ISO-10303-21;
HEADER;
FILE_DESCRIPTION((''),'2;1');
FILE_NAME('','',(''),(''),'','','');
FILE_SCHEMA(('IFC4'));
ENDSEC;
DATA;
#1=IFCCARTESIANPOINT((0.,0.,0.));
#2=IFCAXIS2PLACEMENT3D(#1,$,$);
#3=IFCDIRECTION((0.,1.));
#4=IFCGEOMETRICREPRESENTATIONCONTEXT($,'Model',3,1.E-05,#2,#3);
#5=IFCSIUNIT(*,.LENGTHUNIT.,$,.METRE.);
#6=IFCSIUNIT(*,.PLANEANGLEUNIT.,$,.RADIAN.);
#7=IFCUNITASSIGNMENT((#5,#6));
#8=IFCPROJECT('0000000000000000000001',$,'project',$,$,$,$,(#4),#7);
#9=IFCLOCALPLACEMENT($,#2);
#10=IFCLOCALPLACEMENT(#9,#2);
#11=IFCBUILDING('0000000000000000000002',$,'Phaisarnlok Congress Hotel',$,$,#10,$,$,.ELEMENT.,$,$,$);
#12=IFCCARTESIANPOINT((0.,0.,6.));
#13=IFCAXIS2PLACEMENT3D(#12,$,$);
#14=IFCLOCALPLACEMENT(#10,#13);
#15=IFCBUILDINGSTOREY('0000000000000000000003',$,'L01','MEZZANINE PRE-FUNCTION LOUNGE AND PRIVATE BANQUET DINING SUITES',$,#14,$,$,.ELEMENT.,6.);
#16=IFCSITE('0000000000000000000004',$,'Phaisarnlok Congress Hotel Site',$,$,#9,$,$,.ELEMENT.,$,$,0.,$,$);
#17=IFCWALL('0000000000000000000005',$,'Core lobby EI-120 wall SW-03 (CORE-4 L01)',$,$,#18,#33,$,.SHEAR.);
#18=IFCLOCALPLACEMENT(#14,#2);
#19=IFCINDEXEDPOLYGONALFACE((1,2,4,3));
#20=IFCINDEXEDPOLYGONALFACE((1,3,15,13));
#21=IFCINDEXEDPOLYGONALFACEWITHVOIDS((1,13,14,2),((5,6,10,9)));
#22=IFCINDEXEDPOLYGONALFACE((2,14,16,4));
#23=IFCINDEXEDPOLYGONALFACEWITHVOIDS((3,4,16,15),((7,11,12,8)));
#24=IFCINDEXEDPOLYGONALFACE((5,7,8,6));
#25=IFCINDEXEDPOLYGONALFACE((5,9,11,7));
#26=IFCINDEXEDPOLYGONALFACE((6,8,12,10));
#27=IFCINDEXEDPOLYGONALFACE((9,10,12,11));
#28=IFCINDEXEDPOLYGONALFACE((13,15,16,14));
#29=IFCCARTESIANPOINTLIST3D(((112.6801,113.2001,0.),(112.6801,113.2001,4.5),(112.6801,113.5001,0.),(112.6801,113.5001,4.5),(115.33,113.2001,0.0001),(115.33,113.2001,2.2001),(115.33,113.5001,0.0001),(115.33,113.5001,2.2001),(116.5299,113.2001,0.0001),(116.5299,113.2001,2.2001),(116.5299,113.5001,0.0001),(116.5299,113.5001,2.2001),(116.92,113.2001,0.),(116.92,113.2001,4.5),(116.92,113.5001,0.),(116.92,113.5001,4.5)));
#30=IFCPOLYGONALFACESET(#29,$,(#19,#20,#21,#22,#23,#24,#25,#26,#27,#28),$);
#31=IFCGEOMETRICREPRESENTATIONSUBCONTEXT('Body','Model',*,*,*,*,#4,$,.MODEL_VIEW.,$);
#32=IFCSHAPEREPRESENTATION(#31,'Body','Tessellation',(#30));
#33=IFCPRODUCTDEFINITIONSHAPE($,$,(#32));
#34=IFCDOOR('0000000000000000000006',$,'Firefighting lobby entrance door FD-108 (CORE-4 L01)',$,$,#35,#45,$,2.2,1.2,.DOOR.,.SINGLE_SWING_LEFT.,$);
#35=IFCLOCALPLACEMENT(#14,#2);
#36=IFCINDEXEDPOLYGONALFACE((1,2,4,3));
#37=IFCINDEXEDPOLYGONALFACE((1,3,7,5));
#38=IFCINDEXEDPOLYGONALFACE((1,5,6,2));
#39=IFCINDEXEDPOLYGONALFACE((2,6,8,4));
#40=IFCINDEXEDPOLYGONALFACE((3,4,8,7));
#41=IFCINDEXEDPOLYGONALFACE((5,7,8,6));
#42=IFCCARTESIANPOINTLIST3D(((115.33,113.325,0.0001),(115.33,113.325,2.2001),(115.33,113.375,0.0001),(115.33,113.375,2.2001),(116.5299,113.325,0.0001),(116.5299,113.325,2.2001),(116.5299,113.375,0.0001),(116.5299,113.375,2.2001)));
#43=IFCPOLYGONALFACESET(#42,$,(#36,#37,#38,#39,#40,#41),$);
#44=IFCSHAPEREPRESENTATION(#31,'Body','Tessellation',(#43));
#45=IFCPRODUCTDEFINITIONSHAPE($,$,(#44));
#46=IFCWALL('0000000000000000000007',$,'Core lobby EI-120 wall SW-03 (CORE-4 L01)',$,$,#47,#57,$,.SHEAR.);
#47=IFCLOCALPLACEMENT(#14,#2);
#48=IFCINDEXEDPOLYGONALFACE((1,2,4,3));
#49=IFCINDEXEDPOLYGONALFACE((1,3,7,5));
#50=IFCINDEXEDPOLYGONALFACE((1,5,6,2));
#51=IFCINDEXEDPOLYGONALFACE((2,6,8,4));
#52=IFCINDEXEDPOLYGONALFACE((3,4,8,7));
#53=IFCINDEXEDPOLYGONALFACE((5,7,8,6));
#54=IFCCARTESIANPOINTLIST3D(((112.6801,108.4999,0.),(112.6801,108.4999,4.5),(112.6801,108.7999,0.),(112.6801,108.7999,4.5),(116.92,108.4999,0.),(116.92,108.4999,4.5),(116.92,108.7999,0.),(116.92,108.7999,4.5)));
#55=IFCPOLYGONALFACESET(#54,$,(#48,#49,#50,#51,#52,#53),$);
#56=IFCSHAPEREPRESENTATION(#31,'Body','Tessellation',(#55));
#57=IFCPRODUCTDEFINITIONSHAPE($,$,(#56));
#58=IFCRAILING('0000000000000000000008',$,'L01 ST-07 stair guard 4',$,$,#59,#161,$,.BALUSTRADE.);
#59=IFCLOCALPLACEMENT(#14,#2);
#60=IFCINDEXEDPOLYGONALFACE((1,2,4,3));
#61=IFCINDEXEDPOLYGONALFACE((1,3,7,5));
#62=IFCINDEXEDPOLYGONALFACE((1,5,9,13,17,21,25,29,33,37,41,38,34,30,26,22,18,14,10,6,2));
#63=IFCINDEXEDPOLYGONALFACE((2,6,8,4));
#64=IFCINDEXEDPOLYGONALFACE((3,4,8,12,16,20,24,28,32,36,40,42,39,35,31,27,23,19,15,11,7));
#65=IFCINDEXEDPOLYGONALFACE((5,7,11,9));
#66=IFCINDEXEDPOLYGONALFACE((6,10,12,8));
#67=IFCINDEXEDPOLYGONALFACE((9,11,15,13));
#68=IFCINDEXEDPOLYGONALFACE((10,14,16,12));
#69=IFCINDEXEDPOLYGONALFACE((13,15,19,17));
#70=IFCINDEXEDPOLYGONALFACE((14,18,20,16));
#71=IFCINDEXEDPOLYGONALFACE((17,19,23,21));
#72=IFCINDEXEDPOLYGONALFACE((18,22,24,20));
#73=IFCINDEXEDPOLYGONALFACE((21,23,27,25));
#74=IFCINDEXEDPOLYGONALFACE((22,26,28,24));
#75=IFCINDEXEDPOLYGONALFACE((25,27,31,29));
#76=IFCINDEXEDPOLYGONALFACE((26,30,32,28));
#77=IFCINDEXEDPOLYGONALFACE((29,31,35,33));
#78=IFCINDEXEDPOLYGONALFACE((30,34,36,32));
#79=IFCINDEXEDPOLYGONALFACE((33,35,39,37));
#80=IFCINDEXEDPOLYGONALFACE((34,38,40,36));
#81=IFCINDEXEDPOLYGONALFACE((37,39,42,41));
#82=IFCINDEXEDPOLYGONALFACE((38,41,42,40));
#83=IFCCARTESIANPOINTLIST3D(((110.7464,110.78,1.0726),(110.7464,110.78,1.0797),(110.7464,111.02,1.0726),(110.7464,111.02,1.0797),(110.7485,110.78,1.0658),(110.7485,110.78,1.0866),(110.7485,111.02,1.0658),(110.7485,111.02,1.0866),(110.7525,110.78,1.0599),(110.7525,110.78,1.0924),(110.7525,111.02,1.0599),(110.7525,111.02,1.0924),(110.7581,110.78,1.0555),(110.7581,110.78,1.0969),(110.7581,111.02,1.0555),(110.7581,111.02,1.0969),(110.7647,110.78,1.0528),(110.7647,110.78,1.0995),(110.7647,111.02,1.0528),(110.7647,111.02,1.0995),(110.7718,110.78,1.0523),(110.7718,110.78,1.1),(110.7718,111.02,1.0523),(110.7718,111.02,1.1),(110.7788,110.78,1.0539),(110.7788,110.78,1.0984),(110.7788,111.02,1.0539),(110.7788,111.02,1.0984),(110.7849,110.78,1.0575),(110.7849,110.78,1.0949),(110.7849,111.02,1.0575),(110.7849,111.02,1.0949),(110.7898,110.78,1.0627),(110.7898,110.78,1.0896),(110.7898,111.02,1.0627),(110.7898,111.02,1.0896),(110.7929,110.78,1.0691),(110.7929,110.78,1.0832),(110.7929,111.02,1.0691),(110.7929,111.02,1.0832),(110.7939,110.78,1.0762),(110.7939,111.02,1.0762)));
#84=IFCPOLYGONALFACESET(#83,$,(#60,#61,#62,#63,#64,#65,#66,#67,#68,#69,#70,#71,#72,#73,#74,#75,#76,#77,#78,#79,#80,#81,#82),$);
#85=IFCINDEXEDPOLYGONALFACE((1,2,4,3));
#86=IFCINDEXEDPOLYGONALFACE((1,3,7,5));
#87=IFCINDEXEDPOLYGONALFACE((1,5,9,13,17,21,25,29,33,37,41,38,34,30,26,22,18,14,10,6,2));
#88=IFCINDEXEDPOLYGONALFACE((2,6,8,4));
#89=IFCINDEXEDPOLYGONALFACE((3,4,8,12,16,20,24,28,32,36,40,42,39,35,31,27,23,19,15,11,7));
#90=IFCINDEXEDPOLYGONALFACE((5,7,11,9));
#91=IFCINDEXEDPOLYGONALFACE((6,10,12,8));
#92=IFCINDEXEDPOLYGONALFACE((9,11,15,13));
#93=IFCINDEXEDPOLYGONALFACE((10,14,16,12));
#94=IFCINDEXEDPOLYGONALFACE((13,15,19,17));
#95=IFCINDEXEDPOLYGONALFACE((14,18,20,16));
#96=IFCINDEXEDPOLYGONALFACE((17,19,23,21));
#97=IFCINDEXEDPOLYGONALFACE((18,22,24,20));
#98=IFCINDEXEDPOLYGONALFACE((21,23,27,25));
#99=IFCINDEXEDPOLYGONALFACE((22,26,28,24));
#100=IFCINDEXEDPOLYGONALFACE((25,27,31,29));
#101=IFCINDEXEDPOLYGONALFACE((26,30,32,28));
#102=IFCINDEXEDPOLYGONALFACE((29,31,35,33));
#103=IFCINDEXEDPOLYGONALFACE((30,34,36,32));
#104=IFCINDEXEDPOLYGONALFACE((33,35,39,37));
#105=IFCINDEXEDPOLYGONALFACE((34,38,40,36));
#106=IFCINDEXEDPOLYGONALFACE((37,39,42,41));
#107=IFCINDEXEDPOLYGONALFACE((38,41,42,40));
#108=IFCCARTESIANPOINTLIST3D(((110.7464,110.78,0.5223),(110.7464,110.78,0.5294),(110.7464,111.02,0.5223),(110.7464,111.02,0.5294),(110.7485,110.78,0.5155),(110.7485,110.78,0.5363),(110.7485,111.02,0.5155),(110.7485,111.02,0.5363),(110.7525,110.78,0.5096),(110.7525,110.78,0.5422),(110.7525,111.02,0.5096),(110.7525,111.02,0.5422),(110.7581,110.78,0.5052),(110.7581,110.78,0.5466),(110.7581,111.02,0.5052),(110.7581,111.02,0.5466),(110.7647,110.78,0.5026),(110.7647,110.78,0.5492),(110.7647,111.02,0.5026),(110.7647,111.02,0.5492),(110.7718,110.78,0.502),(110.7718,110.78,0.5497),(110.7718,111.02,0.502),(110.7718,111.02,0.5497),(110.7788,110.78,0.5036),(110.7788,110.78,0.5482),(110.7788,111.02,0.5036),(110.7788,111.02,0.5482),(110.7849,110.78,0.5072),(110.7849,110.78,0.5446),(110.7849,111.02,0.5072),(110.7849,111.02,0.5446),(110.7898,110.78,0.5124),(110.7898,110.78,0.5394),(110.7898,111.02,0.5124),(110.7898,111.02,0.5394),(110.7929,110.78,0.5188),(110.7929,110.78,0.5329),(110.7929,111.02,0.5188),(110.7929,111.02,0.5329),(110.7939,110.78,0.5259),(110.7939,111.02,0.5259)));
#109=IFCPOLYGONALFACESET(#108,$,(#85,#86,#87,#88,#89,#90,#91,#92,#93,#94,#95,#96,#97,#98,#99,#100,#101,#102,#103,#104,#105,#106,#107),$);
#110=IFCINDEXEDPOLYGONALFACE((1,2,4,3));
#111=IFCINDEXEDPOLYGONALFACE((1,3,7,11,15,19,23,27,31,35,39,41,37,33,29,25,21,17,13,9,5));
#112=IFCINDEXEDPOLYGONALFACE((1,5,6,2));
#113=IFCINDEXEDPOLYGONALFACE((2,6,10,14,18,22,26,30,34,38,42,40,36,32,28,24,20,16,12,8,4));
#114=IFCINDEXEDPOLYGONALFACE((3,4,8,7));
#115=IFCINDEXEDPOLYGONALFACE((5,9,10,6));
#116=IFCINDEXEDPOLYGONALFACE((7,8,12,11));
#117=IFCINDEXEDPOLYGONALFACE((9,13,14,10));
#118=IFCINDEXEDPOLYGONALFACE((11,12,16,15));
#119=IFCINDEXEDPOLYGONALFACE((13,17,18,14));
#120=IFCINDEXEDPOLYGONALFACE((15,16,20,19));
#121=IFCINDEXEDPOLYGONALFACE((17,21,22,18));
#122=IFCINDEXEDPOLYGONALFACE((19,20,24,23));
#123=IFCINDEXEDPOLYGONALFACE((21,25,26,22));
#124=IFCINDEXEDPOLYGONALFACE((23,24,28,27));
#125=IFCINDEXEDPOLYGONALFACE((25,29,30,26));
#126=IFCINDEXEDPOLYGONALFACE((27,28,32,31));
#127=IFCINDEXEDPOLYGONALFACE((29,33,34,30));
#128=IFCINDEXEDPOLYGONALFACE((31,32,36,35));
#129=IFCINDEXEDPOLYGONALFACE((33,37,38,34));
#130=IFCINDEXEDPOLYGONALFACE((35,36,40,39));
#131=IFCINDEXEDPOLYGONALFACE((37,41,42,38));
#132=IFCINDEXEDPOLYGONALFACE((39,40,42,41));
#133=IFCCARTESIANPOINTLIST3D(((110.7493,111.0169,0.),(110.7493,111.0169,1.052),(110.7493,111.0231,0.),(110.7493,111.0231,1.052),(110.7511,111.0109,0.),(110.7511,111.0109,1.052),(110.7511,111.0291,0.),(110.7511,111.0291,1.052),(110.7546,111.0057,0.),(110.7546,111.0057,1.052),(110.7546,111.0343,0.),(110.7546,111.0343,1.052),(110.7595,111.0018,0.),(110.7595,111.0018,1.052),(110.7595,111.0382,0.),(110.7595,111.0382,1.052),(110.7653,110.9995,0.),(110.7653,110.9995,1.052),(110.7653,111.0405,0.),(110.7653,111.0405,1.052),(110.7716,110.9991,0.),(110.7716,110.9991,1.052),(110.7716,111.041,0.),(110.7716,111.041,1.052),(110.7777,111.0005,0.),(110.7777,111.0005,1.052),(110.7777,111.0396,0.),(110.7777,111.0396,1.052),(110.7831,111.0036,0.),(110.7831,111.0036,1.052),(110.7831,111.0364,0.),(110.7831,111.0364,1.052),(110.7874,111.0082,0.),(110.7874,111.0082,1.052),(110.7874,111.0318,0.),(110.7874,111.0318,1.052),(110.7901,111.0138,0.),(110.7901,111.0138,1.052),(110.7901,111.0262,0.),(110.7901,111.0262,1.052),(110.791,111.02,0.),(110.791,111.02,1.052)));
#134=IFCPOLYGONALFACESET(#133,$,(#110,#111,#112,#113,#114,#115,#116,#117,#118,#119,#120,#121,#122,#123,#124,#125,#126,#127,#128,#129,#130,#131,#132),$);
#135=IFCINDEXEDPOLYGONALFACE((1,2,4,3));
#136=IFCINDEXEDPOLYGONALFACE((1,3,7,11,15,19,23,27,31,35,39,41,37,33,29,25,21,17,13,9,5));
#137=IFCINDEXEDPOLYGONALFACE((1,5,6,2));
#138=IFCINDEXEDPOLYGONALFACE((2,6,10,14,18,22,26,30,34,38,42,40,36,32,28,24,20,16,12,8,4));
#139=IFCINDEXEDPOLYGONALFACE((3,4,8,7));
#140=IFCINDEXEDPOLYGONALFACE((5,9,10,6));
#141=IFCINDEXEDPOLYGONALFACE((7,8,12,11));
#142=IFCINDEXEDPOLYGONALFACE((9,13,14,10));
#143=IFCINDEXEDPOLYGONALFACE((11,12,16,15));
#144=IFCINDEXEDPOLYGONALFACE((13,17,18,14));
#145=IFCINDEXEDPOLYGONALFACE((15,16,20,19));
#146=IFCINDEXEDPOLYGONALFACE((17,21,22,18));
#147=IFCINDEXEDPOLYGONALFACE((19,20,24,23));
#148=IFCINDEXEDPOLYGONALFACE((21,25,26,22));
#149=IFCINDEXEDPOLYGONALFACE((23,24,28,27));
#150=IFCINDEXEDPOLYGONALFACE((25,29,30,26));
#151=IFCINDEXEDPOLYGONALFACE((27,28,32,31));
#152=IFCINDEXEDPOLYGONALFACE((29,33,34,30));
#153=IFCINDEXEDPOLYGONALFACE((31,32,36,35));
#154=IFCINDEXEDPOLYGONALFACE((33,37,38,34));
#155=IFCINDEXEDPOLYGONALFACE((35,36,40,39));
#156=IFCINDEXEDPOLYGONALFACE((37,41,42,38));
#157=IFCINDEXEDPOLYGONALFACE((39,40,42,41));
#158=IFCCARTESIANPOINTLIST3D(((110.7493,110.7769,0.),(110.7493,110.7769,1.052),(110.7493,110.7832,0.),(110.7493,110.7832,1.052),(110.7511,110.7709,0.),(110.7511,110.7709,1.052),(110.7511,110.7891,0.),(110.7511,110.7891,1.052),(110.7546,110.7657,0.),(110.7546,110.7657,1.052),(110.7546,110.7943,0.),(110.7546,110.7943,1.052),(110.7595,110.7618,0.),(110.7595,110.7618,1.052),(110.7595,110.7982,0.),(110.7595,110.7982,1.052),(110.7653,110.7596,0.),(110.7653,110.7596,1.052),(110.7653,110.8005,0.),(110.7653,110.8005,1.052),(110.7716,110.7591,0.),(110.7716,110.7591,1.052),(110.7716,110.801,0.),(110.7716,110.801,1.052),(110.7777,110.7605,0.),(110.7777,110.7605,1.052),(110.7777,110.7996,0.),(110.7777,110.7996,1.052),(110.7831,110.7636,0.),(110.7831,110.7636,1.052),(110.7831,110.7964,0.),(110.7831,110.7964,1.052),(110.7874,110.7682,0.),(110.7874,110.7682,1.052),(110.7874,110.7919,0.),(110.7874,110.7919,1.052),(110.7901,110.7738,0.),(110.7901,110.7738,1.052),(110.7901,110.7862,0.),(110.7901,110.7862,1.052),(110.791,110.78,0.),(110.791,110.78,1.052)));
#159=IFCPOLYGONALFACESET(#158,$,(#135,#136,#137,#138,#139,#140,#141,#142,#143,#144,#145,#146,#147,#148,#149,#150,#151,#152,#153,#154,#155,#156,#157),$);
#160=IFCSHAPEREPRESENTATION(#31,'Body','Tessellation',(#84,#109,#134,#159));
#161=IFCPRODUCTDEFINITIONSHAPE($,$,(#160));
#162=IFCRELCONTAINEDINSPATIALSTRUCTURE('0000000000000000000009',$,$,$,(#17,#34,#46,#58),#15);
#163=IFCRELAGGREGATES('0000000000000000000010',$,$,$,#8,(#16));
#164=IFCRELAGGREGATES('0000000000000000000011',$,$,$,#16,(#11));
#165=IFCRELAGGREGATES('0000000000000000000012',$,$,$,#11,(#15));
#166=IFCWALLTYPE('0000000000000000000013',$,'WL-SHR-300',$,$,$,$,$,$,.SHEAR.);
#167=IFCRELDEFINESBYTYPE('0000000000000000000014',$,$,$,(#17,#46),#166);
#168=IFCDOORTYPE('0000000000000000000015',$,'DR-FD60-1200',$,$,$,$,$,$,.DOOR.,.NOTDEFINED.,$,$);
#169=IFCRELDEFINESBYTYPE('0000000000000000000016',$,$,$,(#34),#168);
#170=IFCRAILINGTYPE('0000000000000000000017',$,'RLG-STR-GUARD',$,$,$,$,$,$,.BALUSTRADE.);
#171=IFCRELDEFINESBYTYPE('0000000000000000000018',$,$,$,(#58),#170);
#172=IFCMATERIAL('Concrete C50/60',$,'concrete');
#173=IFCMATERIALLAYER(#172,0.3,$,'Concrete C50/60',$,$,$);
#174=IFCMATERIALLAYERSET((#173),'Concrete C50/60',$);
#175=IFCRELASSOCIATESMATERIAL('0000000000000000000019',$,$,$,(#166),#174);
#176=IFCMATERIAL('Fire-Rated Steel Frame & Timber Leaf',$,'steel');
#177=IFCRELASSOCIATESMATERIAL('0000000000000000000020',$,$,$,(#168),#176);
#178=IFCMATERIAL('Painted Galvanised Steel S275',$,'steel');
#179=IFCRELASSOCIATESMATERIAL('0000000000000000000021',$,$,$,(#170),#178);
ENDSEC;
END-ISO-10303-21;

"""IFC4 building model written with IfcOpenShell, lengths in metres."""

from ifc_helpers import new_model, si_unit, direction, frame, frame_2d, origin, origin_2d, place, context, subcontext, project, spatial, rectangle, circle, extrude, material, layer, layer_set, type_object, element, fill, save


model = new_model("IFC4")

# Units and contexts
model_context = context("Model", 3, precision=1e-05, world=origin(), true_north=direction((0.0, 1.0)))
body_context = subcontext(model_context, "Body", "Model", "MODEL_VIEW")
ifc_project = project(units=[si_unit("LENGTHUNIT", "METRE"), si_unit("PLANEANGLEUNIT", "RADIAN")], contexts=[model_context])

# Site, building, storey
site_placement = place(None, origin())
site = spatial("IfcSite", under=ifc_project, at=site_placement, Name="Phaisarnlok Congress Hotel Site", CompositionType="ELEMENT", RefElevation=0.0)
building_placement = place(site_placement, origin())
building = spatial("IfcBuilding", under=site, at=building_placement, Name="Phaisarnlok Congress Hotel", CompositionType="ELEMENT")
storey_placement = place(building_placement, frame((0.0, 0.0, 6.0)))
storey = spatial("IfcBuildingStorey", under=building, at=storey_placement, Name="L01", Description="MEZZANINE PRE-FUNCTION LOUNGE AND PRIVATE BANQUET DINING SUITES", CompositionType="ELEMENT", Elevation=6.0)

# Shared definitions
ifc_material_1 = material(Name="Concrete C50/60", Category="concrete")

# Shared definitions
ifc_material_2 = material(Name="Fire-Rated Steel Frame & Timber Leaf", Category="steel")

# Wall, opening, door
ifc_layer_1 = layer(ifc_material_1, 0.3, Name="Concrete C50/60")
ifc_layer_set_1 = layer_set([ifc_layer_1], Name="Concrete C50/60")
wall_type_1 = type_object("IfcWallType", Name="WL-SHR-300", PredefinedType="SHEAR", material=ifc_layer_set_1)
wall_1_placement = place(storey_placement, frame((112.6799, 113.3501, 0.0), z_axis=(0.0, 0.0, 1.0), x_axis=(1.0, 0.0, 0.0)))
wall_1 = element("IfcWall", 1, at=wall_1_placement, inside=storey, type_object=wall_type_1, Name="Core lobby EI-120 wall SW-03 (CORE-4 L01)", PredefinedType="SHEAR", context=body_context, shape_type="SweptSolid", body=[
    extrude(rectangle(XDim=4.24, YDim=0.3, at=frame_2d((2.1201, 0.0))), origin(), (0.0, 0.0, 1.0), 4.5),
])
opening_1_placement = place(wall_1_placement, frame((2.6499, 0.0, 0.0)))
opening_1 = element("IfcOpeningElement", 2, at=opening_1_placement, cuts=wall_1, PredefinedType="OPENING", context=body_context, shape_type="SweptSolid", body=[
    extrude(rectangle(XDim=1.2, YDim=2.2, at=frame_2d((0.6001, 1.1001))), frame((0.0, 0.1602, 0.0), z_axis=(0.0, -1.0, 0.0), x_axis=(1.0, 0.0, 0.0)), (0.0, 0.0, 1.0), 0.3201),
])
door_type_1 = type_object("IfcDoorType", Name="DR-FD60-1200", OperationType="NOTDEFINED", PredefinedType="DOOR", material=ifc_material_2)
door_1_placement = place(opening_1_placement, origin())
door_1 = element("IfcDoor", 3, at=door_1_placement, inside=storey, type_object=door_type_1, Name="Firefighting lobby entrance door FD-108 (CORE-4 L01)", OperationType="SINGLE_SWING_LEFT", OverallHeight=2.2, OverallWidth=1.2, PredefinedType="DOOR", context=body_context, shape_type="SweptSolid", body=[
    extrude(rectangle(XDim=1.2, YDim=2.2, at=frame_2d((0.6001, 1.1001))), frame((0.0, 0.0249, 0.0), z_axis=(0.0, -1.0, 0.0), x_axis=(1.0, 0.0, 0.0)), (0.0, 0.0, 1.0), 0.05),
])
fill(opening_1, door_1)

# Wall
wall_2_placement = place(storey_placement, frame((112.6799, 108.6499, 0.0), z_axis=(0.0, 0.0, 1.0), x_axis=(1.0, 0.0, 0.0)))
element("IfcWall", 4, at=wall_2_placement, inside=storey, type_object=wall_type_1, Name="Core lobby EI-120 wall SW-03 (CORE-4 L01)", PredefinedType="SHEAR", context=body_context, shape_type="SweptSolid", body=[
    extrude(rectangle(XDim=4.24, YDim=0.3, at=frame_2d((2.1201, 0.0))), origin(), (0.0, 0.0, 1.0), 4.5),
])

# Railing
ifc_material_3 = material(Name="Painted Galvanised Steel S275", Category="steel")
railing_type_1 = type_object("IfcRailingType", Name="RLG-STR-GUARD", PredefinedType="BALUSTRADE", material=ifc_material_3)
railing_1_placement = place(storey_placement, frame((110.77, 111.02, 0.0)))
element("IfcRailing", 5, at=railing_1_placement, inside=storey, type_object=railing_type_1, Name="L01 ST-07 stair guard 4", PredefinedType="BALUSTRADE", context=body_context, shape_type="SweptSolid", body=[
    extrude(circle(Radius=0.0239, at=origin_2d()), frame((0.0, 0.0, 1.0762), z_axis=(0.0, -1.0, 0.0), x_axis=(1.0, 0.0, 0.0)), (0.0, 0.0, 1.0), 0.24),
    extrude(circle(Radius=0.0239, at=origin_2d()), frame((0.0, 0.0, 0.5259), z_axis=(0.0, -1.0, 0.0), x_axis=(1.0, 0.0, 0.0)), (0.0, 0.0, 1.0), 0.24),
    extrude(circle(Radius=0.021, at=origin_2d()), origin(), (0.0, 0.0, 1.0), 1.052),
    extrude(circle(Radius=0.021, at=origin_2d()), frame((0.0, -0.24, 0.0)), (0.0, 0.0, 1.0), 1.052),
])

save(model, "model.ifc")
